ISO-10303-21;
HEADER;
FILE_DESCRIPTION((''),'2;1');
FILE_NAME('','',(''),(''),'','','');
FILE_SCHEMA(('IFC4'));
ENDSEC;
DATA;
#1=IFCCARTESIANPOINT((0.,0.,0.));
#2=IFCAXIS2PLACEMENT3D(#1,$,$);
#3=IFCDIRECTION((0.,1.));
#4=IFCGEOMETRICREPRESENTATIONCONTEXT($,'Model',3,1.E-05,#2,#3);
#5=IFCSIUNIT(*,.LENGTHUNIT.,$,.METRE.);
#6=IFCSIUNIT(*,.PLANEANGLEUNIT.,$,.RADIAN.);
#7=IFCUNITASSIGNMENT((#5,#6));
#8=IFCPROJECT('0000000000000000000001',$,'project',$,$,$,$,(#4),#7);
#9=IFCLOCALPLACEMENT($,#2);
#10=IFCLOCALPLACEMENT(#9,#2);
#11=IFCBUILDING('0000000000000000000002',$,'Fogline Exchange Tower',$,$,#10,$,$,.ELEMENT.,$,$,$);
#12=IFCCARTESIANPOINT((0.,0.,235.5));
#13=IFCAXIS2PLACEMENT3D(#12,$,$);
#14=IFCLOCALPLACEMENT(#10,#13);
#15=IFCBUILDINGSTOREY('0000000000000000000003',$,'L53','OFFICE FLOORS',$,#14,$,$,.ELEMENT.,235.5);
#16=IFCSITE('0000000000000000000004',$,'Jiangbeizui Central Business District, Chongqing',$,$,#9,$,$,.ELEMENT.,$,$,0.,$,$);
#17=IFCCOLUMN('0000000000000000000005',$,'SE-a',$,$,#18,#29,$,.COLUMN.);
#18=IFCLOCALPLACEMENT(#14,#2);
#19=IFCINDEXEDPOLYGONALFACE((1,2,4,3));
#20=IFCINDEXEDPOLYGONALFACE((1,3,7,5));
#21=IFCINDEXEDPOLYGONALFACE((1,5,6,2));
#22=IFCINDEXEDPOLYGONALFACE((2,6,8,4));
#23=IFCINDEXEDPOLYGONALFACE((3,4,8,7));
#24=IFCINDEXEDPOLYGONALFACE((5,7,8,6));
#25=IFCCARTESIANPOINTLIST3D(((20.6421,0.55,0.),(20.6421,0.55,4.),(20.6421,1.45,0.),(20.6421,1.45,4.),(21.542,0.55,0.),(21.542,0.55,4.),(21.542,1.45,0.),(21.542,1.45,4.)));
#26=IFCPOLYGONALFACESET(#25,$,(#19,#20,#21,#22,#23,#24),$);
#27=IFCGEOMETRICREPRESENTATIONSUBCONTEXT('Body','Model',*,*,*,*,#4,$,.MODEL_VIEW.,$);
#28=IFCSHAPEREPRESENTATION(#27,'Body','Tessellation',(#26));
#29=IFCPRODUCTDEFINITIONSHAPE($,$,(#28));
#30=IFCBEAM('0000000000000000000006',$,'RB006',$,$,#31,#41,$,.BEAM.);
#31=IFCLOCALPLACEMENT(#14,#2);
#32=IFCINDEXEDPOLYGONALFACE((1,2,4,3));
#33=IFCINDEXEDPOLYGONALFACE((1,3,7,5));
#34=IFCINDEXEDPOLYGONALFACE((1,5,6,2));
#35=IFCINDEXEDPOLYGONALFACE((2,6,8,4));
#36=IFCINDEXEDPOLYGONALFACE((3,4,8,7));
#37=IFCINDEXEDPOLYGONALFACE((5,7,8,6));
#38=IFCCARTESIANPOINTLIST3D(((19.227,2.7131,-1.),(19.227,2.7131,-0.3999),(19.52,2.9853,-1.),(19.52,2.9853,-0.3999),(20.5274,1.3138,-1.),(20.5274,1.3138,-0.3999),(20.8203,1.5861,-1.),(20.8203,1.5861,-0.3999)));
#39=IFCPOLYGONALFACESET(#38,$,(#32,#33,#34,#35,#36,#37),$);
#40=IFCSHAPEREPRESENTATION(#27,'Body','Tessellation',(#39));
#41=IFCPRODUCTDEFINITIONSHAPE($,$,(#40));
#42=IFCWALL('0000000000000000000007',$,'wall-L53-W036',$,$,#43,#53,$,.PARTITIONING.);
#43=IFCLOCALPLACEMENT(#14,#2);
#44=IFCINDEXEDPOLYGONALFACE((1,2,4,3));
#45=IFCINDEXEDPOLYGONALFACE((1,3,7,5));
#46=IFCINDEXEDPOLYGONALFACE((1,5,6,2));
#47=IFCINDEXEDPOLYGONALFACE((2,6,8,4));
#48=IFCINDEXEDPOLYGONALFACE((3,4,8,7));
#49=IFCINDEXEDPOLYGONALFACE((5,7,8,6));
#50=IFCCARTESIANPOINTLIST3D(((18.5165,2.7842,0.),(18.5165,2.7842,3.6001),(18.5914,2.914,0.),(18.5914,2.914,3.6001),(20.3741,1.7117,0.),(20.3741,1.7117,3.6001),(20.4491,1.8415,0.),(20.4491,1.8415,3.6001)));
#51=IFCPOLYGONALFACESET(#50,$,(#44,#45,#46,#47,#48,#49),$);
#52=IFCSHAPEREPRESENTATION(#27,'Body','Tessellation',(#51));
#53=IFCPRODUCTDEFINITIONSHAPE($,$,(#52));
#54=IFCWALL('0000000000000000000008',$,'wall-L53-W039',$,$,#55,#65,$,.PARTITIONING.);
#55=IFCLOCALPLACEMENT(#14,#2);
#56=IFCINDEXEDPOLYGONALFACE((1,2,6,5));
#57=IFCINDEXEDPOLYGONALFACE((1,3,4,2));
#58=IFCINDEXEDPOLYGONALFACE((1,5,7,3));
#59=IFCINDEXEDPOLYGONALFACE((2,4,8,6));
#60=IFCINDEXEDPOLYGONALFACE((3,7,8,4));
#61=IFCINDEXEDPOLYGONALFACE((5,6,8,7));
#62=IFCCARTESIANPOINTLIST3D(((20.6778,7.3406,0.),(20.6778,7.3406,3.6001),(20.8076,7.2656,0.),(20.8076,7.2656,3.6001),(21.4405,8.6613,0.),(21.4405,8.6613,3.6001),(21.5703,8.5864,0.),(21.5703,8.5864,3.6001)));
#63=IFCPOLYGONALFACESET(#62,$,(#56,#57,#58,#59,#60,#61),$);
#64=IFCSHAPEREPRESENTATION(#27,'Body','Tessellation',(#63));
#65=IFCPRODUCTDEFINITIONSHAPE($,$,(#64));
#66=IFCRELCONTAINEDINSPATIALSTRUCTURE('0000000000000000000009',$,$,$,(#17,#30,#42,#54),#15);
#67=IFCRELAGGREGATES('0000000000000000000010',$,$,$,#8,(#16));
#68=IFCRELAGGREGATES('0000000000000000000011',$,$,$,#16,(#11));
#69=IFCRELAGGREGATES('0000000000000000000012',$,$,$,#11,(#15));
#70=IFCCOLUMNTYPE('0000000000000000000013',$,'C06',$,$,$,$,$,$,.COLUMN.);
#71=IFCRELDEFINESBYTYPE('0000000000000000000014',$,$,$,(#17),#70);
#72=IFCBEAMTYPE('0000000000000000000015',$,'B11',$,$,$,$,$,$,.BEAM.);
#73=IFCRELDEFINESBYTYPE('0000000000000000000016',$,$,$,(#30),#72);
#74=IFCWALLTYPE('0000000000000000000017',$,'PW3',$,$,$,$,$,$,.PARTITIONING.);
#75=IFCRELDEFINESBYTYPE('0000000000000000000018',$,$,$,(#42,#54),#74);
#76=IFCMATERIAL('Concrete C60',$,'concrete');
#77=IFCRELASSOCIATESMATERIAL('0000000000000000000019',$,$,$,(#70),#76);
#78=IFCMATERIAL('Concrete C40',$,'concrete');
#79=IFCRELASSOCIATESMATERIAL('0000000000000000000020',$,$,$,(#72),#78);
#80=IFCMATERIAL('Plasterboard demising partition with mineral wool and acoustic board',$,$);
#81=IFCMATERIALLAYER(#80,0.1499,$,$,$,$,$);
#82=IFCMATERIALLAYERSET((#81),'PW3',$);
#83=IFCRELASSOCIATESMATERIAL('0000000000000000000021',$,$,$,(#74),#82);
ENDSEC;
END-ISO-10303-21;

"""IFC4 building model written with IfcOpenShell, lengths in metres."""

from ifc_helpers import new_model, si_unit, direction, frame, frame_2d, origin, origin_2d, place, context, subcontext, project, spatial, rectangle, extrude, material, layer, layer_set, material_profile, profile_set, type_object, element, save


model = new_model("IFC4")

# Units and contexts
model_context = context("Model", 3, precision=1e-05, world=origin(), true_north=direction((0.0, 1.0)))
body_context = subcontext(model_context, "Body", "Model", "MODEL_VIEW")
ifc_project = project(units=[si_unit("LENGTHUNIT", "METRE"), si_unit("PLANEANGLEUNIT", "RADIAN")], contexts=[model_context])

# Site, building, storey
site_placement = place(None, origin())
site = spatial("IfcSite", under=ifc_project, at=site_placement, Name="Jiangbeizui Central Business District, Chongqing", CompositionType="ELEMENT", RefElevation=0.0)
building_placement = place(site_placement, origin())
building = spatial("IfcBuilding", under=site, at=building_placement, Name="Fogline Exchange Tower", CompositionType="ELEMENT")
storey_placement = place(building_placement, frame((0.0, 0.0, 235.5)))
storey = spatial("IfcBuildingStorey", under=building, at=storey_placement, Name="L53", Description="OFFICE FLOORS", CompositionType="ELEMENT", Elevation=235.5)

# Column
ifc_material_1 = material(Name="Concrete C60", Category="concrete")
ifc_material_profile_1 = material_profile(ifc_material_1, rectangle(XDim=0.8999, YDim=0.8999, at=origin_2d()), Name="RC 900x900")
ifc_profile_set_1 = profile_set([ifc_material_profile_1], Name="Concrete C60")
column_type = type_object("IfcColumnType", Name="C06", PredefinedType="COLUMN", material=ifc_profile_set_1)
column_placement = place(storey_placement, frame((21.092, 1.0, 0.0), z_axis=(0.0, 0.0, 1.0), x_axis=(1.0, 0.0, 0.0)))
element("IfcColumn", 1, at=column_placement, inside=storey, type_object=column_type, Name="SE-a", PredefinedType="COLUMN", context=body_context, shape_type="SweptSolid", body=[
    extrude(rectangle(XDim=0.8999, YDim=0.8999, at=origin_2d()), origin(), (0.0, 0.0, 1.0), 4.0),
])

# Beam
ifc_material_2 = material(Name="Concrete C40", Category="concrete")
ifc_material_profile_2 = material_profile(ifc_material_2, rectangle(XDim=0.3999, YDim=0.6001, at=origin_2d()), Name="RC 400x600")
ifc_profile_set_2 = profile_set([ifc_material_profile_2], Name="Concrete C40")
beam_type = type_object("IfcBeamType", Name="B11", PredefinedType="BEAM", material=ifc_profile_set_2)
beam_placement = place(storey_placement, frame((20.6738, 1.45, -0.7), z_axis=(-0.68075, 0.732516, 0.0), x_axis=(-0.732516, -0.68075, 0.0)))
element("IfcBeam", 2, at=beam_placement, inside=storey, type_object=beam_type, Name="RB006", PredefinedType="BEAM", context=body_context, shape_type="SweptSolid", body=[
    extrude(rectangle(XDim=0.3999, YDim=0.6001, at=origin_2d()), origin(), (0.0, 0.0, 1.0), 1.9102),
])

# Walls
ifc_material_3 = material(Name="Plasterboard demising partition with mineral wool and acoustic board")
ifc_layer_1 = layer(ifc_material_3, 0.1499)
ifc_layer_set_1 = layer_set([ifc_layer_1], Name="PW3")
wall_type_1 = type_object("IfcWallType", Name="PW3", PredefinedType="PARTITIONING", material=ifc_layer_set_1)
wall_1_placement = place(storey_placement, frame((20.4116, 1.7766, 0.0), z_axis=(0.0, 0.0, 1.0), x_axis=(-0.866028, 0.499995, 0.0)))
element("IfcWall", 3, at=wall_1_placement, inside=storey, type_object=wall_type_1, Name="wall-L53-W036", PredefinedType="PARTITIONING", context=body_context, shape_type="SweptSolid", body=[
    extrude(rectangle(XDim=2.145, YDim=0.1499, at=frame_2d((1.0725, 0.0))), origin(), (0.0, 0.0, 1.0), 3.6001),
])
wall_2_placement = place(storey_placement, frame((20.7427, 7.303, 0.0), z_axis=(0.0, 0.0, 1.0), x_axis=(0.500064, 0.865988, 0.0)))
element("IfcWall", 4, at=wall_2_placement, inside=storey, type_object=wall_type_1, Name="wall-L53-W039", PredefinedType="PARTITIONING", context=body_context, shape_type="SweptSolid", body=[
    extrude(rectangle(XDim=1.5251, YDim=0.1499, at=frame_2d((0.7627, 0.0))), origin(), (0.0, 0.0, 1.0), 3.6001),
])

save(model, "model.ifc")
